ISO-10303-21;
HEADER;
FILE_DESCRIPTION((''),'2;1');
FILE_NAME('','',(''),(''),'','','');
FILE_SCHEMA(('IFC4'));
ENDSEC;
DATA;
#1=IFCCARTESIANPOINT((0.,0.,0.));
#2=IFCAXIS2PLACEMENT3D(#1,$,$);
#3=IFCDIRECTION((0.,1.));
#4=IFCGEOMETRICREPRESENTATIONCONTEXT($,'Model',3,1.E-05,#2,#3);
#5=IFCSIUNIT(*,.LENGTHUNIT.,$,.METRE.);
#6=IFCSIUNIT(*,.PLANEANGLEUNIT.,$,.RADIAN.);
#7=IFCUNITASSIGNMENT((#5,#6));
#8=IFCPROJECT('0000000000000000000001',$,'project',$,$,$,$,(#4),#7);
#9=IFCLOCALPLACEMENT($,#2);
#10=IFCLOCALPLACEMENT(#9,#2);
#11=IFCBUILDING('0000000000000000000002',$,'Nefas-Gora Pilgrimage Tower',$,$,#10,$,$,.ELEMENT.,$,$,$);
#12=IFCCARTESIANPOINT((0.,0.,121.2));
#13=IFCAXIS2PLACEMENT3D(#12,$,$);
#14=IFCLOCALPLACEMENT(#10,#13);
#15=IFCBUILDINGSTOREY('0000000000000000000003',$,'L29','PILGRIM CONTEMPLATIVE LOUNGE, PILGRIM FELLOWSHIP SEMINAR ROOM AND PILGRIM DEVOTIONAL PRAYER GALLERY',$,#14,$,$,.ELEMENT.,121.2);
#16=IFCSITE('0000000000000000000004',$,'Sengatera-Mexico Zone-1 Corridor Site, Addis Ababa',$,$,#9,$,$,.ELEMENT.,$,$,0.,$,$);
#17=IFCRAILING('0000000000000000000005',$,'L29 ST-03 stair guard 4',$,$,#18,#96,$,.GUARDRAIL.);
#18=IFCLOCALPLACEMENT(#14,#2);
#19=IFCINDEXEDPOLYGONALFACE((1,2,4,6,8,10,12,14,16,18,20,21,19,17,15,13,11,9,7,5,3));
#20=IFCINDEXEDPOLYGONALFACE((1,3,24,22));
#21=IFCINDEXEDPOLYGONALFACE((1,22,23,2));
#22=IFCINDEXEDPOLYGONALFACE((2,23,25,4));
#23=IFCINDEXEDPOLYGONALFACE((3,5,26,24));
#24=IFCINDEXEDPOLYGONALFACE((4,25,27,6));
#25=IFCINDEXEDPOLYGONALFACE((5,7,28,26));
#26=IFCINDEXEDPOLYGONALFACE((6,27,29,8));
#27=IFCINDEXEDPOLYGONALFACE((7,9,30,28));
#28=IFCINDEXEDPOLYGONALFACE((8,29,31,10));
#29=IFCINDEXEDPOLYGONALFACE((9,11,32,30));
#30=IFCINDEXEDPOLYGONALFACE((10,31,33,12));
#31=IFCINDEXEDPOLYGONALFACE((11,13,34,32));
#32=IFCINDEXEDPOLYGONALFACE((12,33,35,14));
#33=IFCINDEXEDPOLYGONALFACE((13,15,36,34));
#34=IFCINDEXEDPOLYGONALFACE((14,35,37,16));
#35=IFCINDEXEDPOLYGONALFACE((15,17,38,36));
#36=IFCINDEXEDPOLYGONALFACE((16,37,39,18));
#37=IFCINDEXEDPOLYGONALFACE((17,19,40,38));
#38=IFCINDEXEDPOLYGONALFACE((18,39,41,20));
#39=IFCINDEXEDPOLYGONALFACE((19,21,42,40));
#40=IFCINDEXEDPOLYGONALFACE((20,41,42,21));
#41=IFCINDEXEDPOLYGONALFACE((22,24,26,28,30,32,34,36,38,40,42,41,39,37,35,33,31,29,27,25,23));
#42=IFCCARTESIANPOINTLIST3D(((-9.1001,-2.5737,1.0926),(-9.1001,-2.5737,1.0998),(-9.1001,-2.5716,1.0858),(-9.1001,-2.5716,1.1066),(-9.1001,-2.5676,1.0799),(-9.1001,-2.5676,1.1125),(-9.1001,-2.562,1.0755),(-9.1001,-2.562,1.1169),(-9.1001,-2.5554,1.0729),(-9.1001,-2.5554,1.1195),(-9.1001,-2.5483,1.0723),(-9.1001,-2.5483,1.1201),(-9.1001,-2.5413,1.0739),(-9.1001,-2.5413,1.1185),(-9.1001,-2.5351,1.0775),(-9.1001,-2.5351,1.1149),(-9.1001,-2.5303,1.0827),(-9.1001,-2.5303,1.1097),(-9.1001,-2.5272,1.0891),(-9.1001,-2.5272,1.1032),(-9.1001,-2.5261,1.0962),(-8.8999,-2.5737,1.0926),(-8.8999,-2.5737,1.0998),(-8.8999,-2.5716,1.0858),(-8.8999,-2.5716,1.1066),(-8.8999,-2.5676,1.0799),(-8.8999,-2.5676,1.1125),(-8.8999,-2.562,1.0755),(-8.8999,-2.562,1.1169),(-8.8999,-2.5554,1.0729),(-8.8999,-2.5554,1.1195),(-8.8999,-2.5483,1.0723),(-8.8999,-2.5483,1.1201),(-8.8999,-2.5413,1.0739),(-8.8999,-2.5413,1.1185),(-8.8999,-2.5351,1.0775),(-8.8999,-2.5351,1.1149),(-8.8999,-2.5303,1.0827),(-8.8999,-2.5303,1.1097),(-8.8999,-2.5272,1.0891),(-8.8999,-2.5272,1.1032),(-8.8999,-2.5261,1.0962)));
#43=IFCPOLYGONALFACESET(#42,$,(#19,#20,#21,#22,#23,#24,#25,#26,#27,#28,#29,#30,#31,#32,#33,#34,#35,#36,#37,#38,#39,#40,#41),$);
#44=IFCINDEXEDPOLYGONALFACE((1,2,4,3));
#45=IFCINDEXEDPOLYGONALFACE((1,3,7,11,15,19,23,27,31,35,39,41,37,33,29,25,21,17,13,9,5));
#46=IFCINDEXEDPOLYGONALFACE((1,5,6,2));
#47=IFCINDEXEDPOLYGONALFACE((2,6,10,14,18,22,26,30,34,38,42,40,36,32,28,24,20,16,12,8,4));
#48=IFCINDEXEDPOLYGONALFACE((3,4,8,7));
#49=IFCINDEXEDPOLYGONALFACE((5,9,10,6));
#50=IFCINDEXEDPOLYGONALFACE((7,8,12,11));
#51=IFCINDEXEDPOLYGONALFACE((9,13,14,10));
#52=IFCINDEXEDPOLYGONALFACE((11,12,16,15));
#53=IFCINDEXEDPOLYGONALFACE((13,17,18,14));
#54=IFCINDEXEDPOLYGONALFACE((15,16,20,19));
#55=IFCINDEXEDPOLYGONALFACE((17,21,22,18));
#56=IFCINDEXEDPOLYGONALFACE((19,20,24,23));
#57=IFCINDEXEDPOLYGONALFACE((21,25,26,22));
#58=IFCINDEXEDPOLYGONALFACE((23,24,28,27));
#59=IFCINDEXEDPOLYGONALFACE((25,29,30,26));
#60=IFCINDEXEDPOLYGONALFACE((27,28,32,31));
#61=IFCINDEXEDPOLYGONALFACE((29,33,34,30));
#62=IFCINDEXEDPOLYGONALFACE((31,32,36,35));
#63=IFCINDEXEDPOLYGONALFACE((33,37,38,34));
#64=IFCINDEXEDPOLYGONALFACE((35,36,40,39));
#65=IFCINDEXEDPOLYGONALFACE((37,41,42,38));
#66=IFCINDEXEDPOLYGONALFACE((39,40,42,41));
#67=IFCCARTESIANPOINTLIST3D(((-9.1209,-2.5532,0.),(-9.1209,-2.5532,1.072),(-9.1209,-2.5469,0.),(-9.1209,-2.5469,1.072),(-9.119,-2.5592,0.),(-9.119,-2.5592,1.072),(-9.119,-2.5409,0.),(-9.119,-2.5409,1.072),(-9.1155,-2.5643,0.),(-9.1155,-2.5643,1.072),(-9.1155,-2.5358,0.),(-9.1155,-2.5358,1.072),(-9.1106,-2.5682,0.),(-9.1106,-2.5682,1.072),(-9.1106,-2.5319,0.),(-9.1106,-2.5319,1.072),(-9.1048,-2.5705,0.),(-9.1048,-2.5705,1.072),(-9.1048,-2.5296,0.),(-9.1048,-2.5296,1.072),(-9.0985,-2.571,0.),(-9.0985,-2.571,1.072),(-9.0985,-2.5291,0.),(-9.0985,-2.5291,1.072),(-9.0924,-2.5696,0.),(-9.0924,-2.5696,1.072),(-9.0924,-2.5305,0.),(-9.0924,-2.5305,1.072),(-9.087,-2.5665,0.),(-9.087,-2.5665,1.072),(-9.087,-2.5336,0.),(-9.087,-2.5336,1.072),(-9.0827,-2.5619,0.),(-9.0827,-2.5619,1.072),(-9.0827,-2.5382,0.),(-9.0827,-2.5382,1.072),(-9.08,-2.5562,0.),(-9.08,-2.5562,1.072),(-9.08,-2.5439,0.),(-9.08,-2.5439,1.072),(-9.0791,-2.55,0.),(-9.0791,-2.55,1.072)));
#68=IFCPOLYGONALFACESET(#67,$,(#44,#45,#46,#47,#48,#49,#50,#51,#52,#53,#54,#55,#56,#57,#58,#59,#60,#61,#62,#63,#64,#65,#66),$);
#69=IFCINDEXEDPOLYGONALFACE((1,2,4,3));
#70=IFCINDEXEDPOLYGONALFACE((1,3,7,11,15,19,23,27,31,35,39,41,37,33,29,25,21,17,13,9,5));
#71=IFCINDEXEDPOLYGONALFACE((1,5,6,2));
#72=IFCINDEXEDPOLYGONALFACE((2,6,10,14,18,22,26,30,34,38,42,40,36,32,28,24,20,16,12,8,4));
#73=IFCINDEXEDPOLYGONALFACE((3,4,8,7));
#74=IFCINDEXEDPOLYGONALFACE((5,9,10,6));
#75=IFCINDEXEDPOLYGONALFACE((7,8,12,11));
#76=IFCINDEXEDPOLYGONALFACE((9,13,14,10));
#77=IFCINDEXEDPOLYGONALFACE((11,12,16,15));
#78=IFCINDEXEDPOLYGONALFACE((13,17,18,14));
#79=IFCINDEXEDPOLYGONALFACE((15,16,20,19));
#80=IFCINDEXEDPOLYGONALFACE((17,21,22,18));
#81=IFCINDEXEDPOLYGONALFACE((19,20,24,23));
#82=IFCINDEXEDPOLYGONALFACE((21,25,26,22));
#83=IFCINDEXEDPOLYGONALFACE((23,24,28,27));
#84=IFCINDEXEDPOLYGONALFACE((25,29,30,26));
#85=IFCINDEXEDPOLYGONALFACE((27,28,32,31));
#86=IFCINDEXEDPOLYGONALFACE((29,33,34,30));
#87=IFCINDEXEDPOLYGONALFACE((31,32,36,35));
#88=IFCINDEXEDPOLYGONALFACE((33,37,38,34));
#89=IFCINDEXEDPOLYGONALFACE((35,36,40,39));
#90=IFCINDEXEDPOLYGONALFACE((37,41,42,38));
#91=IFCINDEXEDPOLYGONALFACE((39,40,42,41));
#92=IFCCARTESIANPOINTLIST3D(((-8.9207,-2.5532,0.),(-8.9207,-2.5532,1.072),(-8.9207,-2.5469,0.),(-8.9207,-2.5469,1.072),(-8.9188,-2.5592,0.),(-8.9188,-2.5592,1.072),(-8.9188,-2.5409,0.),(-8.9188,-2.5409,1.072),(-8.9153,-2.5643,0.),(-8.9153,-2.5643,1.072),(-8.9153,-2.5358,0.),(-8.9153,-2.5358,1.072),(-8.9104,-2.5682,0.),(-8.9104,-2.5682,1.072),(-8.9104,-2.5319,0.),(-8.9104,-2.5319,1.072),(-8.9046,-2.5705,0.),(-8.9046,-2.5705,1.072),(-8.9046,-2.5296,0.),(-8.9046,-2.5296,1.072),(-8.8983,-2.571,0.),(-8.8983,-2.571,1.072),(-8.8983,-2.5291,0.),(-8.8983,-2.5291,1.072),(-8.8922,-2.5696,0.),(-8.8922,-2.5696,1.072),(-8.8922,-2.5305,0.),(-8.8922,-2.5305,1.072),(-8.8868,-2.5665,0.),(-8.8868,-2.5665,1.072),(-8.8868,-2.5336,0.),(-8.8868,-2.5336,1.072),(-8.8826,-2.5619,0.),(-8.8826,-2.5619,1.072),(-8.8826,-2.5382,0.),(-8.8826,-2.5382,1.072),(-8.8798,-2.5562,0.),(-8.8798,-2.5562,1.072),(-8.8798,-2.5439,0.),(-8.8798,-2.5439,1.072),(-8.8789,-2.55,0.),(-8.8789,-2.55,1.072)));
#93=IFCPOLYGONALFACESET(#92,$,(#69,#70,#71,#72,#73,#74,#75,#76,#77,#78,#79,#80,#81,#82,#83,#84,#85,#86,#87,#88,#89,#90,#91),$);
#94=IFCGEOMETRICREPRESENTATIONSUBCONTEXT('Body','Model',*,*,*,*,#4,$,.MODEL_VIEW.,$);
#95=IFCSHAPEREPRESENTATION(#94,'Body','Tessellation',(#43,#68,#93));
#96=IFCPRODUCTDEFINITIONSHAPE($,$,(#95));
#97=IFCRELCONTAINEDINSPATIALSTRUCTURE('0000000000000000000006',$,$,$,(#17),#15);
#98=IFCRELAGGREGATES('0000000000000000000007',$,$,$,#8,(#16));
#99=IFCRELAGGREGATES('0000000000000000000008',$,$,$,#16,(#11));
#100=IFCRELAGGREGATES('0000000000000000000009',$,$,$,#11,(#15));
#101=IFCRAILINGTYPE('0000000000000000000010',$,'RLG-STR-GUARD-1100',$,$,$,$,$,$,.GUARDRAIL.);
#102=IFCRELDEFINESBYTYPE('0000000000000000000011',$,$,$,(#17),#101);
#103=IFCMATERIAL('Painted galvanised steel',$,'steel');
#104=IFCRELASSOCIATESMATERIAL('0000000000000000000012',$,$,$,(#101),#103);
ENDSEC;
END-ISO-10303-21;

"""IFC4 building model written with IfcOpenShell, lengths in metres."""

from ifc_helpers import new_model, si_unit, direction, frame, origin, origin_2d, place, context, subcontext, project, spatial, circle, extrude, material, type_object, element, save


model = new_model("IFC4")

# Units and contexts
model_context = context("Model", 3, precision=1e-05, world=origin(), true_north=direction((0.0, 1.0)))
body_context = subcontext(model_context, "Body", "Model", "MODEL_VIEW")
ifc_project = project(units=[si_unit("LENGTHUNIT", "METRE"), si_unit("PLANEANGLEUNIT", "RADIAN")], contexts=[model_context])

# Site, building, storey
site_placement = place(None, origin())
site = spatial("IfcSite", under=ifc_project, at=site_placement, Name="Sengatera-Mexico Zone-1 Corridor Site, Addis Ababa", CompositionType="ELEMENT", RefElevation=0.0)
building_placement = place(site_placement, origin())
building = spatial("IfcBuilding", under=site, at=building_placement, Name="Nefas-Gora Pilgrimage Tower", CompositionType="ELEMENT")
storey_placement = place(building_placement, frame((0.0, 0.0, 121.2)))
storey = spatial("IfcBuildingStorey", under=building, at=storey_placement, Name="L29", Description="PILGRIM CONTEMPLATIVE LOUNGE, PILGRIM FELLOWSHIP SEMINAR ROOM AND PILGRIM DEVOTIONAL PRAYER GALLERY", CompositionType="ELEMENT", Elevation=121.2)

# Railing
ifc_material_1 = material(Name="Painted galvanised steel", Category="steel")
railing_type_1 = type_object("IfcRailingType", Name="RLG-STR-GUARD-1100", PredefinedType="GUARDRAIL", material=ifc_material_1)
railing_1_placement = place(storey_placement, frame((-9.1001, -2.55, 0.0)))
element("IfcRailing", 1, at=railing_1_placement, inside=storey, type_object=railing_type_1, Name="L29 ST-03 stair guard 4", PredefinedType="GUARDRAIL", context=body_context, shape_type="SweptSolid", body=[
    extrude(circle(Radius=0.0239, at=origin_2d()), frame((0.0, 0.0, 1.0962), z_axis=(1.0, 0.0, 0.0), x_axis=(0.0, 1.0, 0.0)), (0.0, 0.0, 1.0), 0.2002),
    extrude(circle(Radius=0.021, at=origin_2d()), origin(), (0.0, 0.0, 1.0), 1.072),
    extrude(circle(Radius=0.021, at=origin_2d()), frame((0.2002, 0.0, 0.0)), (0.0, 0.0, 1.0), 1.072),
])

save(model, "model.ifc")
